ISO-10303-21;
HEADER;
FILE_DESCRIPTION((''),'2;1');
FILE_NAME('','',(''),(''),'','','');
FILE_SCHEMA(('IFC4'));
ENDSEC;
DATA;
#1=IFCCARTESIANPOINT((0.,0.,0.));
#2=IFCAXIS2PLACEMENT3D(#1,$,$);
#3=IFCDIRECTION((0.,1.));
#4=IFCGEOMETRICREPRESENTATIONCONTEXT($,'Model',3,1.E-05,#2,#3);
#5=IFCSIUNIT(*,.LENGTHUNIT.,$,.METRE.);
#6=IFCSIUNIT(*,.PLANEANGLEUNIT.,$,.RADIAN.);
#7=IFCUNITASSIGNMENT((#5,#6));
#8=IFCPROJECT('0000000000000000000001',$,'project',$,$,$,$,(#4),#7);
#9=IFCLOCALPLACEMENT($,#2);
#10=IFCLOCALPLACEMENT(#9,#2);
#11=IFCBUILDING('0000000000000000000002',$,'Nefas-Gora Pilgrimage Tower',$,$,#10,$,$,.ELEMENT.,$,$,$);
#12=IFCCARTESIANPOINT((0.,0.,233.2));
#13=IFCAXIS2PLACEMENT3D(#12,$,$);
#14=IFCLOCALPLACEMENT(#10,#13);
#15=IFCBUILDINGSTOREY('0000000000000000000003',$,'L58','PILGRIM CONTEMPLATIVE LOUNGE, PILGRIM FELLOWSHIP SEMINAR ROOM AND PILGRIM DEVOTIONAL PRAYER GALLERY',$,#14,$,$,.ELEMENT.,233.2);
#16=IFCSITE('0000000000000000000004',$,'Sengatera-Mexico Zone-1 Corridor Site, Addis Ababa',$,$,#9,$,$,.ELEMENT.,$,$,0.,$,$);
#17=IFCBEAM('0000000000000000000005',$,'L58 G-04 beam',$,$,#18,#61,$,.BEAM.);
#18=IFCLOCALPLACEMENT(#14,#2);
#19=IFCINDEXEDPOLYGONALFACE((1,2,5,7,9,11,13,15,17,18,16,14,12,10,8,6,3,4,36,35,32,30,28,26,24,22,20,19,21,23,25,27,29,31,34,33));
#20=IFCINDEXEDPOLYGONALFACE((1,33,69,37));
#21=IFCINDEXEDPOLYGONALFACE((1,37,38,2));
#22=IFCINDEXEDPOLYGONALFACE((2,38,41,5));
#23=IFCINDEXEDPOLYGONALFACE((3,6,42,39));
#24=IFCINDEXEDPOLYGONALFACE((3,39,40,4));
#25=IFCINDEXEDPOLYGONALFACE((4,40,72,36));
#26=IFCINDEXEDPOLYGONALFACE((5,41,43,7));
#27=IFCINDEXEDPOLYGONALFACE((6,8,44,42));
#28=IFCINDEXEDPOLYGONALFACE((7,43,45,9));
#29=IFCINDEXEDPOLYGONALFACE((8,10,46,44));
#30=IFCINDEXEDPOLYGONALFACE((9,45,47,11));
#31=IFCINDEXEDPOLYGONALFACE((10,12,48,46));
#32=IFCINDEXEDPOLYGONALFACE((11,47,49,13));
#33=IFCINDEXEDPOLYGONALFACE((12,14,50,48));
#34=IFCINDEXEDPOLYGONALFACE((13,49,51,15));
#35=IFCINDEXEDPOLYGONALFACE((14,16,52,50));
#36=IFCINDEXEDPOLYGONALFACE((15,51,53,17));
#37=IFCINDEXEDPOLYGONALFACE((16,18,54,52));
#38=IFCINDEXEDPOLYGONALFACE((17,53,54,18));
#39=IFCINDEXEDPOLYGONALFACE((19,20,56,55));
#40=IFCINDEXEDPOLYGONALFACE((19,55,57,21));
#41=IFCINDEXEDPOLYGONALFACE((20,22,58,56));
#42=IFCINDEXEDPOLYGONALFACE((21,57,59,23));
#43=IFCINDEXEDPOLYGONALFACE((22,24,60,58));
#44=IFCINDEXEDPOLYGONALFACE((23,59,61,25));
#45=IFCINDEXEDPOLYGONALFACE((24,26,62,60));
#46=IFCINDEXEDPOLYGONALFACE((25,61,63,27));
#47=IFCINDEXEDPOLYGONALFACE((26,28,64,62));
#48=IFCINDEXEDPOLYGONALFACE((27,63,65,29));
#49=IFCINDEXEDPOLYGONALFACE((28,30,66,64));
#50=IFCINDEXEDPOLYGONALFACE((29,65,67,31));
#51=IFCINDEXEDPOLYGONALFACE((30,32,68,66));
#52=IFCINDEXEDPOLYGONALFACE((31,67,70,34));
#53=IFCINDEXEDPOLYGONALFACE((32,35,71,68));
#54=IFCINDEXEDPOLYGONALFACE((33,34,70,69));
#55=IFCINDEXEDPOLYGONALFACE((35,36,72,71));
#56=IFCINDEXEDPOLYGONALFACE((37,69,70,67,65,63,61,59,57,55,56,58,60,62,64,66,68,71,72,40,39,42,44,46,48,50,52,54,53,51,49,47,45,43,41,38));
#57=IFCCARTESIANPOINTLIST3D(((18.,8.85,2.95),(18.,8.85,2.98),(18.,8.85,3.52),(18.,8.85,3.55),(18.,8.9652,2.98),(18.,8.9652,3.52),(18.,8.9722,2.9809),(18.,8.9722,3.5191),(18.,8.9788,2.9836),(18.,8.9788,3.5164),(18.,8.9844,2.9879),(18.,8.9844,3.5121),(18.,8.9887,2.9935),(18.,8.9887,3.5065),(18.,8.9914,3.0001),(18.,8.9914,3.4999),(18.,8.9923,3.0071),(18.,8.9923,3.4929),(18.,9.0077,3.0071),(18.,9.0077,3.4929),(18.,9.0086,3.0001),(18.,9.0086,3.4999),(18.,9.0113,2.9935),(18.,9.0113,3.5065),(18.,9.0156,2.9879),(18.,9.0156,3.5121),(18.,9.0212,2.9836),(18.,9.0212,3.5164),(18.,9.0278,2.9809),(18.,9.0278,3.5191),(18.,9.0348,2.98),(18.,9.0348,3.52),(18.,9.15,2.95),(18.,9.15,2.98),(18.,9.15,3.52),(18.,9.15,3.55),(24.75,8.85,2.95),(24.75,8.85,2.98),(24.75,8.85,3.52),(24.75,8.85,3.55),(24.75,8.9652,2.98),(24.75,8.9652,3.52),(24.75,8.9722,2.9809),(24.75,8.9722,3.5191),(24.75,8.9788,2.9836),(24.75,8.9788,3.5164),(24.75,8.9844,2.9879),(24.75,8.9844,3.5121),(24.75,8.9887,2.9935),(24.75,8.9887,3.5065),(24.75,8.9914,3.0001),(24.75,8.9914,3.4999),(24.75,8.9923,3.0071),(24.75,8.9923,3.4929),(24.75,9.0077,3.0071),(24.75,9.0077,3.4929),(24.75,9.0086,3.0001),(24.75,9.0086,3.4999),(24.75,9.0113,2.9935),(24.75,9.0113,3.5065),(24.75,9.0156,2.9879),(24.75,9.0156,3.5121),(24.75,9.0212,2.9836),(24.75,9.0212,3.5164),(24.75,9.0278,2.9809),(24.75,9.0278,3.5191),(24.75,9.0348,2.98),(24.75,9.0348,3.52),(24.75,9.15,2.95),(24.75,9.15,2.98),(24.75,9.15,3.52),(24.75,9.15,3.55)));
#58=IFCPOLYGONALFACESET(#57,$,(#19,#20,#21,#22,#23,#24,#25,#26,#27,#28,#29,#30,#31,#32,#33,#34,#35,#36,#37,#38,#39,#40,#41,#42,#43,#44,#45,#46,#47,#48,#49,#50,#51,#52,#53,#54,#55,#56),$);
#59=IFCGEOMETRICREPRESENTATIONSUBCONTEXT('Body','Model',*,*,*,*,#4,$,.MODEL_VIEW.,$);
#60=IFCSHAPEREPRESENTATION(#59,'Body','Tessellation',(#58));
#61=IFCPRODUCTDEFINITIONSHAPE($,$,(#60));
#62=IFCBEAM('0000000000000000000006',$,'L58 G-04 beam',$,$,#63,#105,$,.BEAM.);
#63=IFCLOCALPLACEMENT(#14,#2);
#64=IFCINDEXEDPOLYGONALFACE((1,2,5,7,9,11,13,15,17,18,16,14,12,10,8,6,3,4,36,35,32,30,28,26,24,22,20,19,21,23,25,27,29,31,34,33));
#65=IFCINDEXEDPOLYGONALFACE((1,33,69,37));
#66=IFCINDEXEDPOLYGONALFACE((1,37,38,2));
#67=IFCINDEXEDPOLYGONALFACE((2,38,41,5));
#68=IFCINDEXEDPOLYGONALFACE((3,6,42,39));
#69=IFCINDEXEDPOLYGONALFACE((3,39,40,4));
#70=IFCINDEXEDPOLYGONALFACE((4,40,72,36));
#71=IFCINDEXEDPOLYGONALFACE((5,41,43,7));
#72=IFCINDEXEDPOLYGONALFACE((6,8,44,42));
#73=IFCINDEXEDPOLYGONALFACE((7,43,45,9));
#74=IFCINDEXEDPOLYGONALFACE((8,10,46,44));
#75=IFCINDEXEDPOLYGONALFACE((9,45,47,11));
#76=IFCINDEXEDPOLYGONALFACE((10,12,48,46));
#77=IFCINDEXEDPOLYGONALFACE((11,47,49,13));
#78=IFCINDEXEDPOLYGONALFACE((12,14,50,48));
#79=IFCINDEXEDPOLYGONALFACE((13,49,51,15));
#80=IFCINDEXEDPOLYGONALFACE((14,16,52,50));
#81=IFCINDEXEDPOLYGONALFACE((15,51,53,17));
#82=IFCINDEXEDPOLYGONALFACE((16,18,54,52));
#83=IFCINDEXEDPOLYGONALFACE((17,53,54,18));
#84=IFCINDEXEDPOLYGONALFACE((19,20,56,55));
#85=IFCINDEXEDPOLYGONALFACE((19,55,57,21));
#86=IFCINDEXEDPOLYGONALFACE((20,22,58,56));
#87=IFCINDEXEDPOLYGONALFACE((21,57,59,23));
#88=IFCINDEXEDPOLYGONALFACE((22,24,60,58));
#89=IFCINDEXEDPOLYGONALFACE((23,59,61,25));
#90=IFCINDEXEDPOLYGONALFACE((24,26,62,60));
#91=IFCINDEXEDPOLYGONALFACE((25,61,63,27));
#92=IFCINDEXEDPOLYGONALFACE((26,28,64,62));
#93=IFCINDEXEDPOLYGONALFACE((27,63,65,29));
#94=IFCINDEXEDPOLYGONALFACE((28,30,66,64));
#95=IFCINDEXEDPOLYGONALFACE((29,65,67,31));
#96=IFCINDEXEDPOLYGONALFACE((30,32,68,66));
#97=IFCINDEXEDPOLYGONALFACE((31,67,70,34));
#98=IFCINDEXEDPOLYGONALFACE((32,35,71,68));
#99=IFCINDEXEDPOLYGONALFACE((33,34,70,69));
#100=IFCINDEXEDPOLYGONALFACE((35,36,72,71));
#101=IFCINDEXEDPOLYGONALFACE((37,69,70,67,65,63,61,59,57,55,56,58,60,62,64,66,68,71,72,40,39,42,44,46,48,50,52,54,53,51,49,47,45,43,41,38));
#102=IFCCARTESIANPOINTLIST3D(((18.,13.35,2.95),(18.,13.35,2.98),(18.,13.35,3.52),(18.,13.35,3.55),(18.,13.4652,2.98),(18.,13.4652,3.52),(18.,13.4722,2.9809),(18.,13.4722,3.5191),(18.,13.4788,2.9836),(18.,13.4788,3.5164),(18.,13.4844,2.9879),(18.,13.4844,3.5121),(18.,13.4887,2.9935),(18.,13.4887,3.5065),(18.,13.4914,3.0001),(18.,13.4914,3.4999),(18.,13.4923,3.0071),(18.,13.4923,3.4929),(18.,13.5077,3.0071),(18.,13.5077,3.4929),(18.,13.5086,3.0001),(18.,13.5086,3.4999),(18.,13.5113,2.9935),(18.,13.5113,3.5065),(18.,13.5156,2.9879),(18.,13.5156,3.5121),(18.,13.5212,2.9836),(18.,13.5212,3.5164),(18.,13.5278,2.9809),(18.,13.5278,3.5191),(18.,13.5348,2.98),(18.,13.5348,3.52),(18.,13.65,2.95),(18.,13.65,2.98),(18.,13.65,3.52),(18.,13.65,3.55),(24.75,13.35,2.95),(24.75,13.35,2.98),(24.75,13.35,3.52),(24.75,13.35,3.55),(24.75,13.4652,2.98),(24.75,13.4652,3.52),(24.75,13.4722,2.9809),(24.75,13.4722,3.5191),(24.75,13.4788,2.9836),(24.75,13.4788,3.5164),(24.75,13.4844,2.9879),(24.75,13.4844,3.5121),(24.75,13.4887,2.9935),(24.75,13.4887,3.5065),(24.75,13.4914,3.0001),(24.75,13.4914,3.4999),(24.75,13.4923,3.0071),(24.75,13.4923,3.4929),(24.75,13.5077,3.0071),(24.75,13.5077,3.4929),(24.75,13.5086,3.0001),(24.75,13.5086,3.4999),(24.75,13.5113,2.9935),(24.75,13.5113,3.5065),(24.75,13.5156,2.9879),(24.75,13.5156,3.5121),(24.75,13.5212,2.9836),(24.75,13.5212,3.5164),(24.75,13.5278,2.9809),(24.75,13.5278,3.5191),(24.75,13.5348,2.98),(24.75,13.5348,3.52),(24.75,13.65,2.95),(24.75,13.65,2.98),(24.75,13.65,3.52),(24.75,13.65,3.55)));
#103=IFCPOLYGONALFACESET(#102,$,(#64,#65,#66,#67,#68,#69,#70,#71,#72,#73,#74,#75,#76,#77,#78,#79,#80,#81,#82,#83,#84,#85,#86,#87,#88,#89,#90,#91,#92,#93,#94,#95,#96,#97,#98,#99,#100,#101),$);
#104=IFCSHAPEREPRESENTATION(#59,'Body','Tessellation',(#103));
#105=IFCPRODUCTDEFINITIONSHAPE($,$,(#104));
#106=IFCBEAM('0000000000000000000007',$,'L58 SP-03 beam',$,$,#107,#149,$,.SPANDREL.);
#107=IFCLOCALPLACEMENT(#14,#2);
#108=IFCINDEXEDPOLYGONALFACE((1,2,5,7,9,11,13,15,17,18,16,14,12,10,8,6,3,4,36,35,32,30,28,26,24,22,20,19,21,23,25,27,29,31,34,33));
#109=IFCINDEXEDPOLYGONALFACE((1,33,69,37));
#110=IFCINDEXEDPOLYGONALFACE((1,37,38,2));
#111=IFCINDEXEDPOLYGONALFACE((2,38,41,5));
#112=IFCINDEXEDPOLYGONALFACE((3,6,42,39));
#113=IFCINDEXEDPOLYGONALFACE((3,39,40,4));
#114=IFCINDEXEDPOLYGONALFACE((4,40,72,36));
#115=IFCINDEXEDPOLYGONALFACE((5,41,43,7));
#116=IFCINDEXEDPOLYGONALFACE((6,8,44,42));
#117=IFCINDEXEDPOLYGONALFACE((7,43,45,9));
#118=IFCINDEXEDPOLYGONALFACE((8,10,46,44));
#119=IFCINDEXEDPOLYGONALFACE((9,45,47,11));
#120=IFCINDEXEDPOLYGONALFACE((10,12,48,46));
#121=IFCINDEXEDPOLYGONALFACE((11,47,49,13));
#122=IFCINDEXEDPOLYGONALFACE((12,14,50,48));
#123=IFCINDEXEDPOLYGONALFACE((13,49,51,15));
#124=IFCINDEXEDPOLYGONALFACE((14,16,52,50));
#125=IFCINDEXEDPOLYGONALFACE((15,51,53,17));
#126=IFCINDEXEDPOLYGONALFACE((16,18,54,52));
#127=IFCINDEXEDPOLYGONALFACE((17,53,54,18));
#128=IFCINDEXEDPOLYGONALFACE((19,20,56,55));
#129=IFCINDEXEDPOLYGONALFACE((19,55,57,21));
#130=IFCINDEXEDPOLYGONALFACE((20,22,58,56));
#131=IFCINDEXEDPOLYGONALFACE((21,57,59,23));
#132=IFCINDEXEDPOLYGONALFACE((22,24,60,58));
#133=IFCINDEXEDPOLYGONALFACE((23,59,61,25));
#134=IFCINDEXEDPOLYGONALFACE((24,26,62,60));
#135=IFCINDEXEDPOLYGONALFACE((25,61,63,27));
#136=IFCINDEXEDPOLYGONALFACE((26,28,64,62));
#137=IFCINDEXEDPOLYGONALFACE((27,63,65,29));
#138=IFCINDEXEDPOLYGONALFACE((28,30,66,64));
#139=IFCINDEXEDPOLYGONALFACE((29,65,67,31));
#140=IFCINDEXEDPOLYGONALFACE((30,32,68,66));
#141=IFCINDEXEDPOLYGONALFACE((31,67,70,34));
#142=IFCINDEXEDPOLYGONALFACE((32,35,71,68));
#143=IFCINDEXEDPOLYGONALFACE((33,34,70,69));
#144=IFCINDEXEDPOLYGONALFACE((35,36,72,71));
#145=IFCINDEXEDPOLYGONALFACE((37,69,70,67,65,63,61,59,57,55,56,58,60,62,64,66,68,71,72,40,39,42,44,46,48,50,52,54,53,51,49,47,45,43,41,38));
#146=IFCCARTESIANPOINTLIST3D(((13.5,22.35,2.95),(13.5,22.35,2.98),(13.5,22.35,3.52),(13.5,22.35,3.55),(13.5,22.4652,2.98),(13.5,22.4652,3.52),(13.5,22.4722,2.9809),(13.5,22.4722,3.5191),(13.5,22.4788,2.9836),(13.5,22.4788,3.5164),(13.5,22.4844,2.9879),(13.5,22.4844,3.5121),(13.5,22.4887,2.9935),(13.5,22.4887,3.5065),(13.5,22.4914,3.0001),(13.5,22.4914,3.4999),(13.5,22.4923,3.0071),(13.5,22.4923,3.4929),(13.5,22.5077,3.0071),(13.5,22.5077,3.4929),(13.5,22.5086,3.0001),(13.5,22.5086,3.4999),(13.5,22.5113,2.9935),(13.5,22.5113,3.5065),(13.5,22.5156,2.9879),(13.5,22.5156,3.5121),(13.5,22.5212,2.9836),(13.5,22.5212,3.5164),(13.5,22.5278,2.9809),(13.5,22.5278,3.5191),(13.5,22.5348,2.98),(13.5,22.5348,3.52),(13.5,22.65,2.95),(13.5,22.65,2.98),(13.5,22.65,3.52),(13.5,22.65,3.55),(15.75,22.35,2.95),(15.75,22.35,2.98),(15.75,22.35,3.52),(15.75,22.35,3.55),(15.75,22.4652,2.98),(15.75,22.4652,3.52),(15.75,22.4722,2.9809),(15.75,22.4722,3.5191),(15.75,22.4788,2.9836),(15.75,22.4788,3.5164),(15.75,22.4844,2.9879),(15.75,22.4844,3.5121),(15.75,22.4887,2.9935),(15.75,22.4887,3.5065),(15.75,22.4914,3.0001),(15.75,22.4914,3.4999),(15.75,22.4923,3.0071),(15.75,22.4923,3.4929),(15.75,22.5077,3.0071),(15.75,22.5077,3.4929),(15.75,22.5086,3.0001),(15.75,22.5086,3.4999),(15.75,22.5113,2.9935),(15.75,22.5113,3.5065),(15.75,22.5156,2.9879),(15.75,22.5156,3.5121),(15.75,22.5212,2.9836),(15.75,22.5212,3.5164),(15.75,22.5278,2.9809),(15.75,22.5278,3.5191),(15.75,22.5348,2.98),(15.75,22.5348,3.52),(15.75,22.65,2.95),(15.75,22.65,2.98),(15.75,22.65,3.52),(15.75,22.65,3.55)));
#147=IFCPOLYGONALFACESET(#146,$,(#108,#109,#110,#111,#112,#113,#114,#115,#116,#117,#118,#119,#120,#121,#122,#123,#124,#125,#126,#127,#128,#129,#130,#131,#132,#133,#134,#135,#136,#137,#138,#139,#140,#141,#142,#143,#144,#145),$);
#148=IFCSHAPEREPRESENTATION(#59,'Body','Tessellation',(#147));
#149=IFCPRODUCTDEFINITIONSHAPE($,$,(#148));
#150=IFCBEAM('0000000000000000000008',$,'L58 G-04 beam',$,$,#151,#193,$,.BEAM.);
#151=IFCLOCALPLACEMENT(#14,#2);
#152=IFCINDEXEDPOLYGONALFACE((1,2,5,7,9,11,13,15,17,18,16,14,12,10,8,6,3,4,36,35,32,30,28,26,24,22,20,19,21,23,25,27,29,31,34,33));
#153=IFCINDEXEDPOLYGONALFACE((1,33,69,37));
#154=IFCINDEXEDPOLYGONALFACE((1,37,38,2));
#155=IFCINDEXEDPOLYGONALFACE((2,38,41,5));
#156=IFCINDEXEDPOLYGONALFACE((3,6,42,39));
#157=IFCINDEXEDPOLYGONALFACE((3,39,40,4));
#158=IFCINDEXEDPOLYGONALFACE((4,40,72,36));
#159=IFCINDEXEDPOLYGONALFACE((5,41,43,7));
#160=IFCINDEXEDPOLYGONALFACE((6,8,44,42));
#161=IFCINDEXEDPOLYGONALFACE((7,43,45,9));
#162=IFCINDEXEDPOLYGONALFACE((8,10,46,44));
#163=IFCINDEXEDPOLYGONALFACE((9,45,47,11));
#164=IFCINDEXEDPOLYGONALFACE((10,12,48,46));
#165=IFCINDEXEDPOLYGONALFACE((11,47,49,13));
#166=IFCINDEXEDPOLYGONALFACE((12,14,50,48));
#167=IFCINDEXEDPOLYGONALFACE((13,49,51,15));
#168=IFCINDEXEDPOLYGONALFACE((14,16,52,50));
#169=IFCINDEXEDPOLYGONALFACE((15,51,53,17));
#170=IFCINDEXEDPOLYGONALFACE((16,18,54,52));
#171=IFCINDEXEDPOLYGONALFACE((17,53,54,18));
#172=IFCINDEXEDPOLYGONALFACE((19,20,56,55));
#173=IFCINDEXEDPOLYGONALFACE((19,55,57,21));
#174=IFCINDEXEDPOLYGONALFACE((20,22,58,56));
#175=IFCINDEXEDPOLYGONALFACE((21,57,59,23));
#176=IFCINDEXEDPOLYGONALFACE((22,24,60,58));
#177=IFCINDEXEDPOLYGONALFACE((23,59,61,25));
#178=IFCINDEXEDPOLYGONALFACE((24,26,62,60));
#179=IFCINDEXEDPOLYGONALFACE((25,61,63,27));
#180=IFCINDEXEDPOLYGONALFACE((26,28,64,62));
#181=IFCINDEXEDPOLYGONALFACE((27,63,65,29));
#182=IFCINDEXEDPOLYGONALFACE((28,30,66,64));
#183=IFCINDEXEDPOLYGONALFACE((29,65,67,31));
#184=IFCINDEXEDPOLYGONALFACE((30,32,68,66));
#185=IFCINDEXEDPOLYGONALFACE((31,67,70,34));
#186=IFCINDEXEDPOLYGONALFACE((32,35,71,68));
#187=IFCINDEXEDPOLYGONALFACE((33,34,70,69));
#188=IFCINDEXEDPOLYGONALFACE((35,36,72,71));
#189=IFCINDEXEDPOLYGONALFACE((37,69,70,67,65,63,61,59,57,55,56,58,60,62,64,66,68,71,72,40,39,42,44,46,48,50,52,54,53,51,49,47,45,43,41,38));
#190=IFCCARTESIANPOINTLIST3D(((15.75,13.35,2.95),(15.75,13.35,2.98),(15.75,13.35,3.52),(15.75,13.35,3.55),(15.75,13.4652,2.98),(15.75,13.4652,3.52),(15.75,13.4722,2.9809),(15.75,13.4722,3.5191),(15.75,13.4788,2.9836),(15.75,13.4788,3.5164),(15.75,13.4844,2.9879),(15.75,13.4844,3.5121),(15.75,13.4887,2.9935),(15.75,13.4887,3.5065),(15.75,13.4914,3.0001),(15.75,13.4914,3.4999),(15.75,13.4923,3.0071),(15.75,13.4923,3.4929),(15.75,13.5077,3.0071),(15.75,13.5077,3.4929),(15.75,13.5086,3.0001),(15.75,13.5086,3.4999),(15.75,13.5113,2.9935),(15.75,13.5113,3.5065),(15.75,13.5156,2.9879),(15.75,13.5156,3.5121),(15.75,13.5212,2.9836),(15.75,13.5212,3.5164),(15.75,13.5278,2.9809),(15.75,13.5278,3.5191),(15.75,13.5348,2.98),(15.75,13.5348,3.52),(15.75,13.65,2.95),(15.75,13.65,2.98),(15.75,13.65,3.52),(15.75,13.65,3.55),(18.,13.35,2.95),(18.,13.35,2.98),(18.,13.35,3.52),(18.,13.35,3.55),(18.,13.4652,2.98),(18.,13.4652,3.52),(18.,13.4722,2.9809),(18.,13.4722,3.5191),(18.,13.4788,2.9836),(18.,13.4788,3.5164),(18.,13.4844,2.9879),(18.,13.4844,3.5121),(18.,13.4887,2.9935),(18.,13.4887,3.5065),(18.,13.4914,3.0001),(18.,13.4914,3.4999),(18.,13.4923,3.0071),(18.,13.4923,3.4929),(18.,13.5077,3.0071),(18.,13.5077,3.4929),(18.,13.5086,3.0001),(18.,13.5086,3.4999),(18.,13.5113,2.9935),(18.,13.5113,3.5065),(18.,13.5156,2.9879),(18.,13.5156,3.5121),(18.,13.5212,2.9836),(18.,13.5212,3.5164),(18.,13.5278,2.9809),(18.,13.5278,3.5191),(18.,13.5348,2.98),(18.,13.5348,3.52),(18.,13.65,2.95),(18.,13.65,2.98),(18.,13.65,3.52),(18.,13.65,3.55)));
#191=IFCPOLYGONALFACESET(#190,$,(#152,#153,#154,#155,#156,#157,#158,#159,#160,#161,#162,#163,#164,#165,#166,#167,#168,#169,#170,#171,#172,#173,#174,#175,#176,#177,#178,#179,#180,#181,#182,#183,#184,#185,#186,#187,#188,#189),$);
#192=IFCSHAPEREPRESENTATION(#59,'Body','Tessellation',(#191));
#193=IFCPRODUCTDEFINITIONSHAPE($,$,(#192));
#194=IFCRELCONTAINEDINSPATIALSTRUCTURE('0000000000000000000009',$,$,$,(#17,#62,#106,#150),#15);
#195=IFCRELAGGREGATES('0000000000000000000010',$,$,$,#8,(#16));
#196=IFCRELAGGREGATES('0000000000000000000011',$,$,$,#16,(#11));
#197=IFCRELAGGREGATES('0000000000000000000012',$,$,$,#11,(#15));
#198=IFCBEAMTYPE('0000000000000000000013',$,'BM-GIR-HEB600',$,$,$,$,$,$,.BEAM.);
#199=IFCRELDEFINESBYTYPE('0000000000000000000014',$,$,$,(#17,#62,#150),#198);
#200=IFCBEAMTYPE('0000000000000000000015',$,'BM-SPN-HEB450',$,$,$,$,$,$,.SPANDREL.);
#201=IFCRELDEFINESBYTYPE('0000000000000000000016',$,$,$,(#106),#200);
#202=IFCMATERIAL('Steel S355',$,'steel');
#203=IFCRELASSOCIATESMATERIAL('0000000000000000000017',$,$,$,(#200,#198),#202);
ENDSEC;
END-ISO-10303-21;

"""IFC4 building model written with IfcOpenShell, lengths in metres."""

from ifc_helpers import new_model, si_unit, direction, frame, origin, origin_2d, place, context, subcontext, project, spatial, i_section, extrude, source, transform, mapped, material, material_profile, profile_set, type_object, element, save


model = new_model("IFC4")

# Units and contexts
model_context = context("Model", 3, precision=1e-05, world=origin(), true_north=direction((0.0, 1.0)))
body_context = subcontext(model_context, "Body", "Model", "MODEL_VIEW")
ifc_project = project(units=[si_unit("LENGTHUNIT", "METRE"), si_unit("PLANEANGLEUNIT", "RADIAN")], contexts=[model_context])

# Site, building, storey
site_placement = place(None, origin())
site = spatial("IfcSite", under=ifc_project, at=site_placement, Name="Sengatera-Mexico Zone-1 Corridor Site, Addis Ababa", CompositionType="ELEMENT", RefElevation=0.0)
building_placement = place(site_placement, origin())
building = spatial("IfcBuilding", under=site, at=building_placement, Name="Nefas-Gora Pilgrimage Tower", CompositionType="ELEMENT")
storey_placement = place(building_placement, frame((0.0, 0.0, 233.2)))
storey = spatial("IfcBuildingStorey", under=building, at=storey_placement, Name="L58", Description="PILGRIM CONTEMPLATIVE LOUNGE, PILGRIM FELLOWSHIP SEMINAR ROOM AND PILGRIM DEVOTIONAL PRAYER GALLERY", CompositionType="ELEMENT", Elevation=233.2)

# Beams
ifc_material_1 = material(Name="Steel S355", Category="steel")
ifc_material_profile_1 = material_profile(ifc_material_1, i_section(OverallWidth=0.3, OverallDepth=0.6001, WebThickness=0.0154, FlangeThickness=0.03, FilletRadius=0.0271, at=origin_2d()), Name="HEB 600")
ifc_profile_set_1 = profile_set([ifc_material_profile_1], Name="Steel S355")
beam_type_1 = type_object("IfcBeamType", Name="BM-SPN-HEB450", PredefinedType="SPANDREL", material=ifc_profile_set_1)
ifc_material_profile_2 = material_profile(ifc_material_1, i_section(OverallWidth=0.3, OverallDepth=0.6001, WebThickness=0.0154, FlangeThickness=0.03, FilletRadius=0.0271, at=origin_2d()), Name="HEB 600")
ifc_profile_set_2 = profile_set([ifc_material_profile_2], Name="Steel S355")
beam_type_2 = type_object("IfcBeamType", Name="BM-GIR-HEB600", PredefinedType="BEAM", material=ifc_profile_set_2)
shared_shape_1 = source(origin(), body_context, "Body", "SweptSolid", [
    extrude(i_section(OverallWidth=0.3, OverallDepth=0.6001, WebThickness=0.0154, FlangeThickness=0.03, FilletRadius=0.0271, at=origin_2d()), origin(), (0.0, 0.0, 1.0), 6.75),
])
for number, where, z_axis, x_axis, name in (
    (1, (18.0, 9.0, 3.25), (1.0, 0.0, 0.0), (0.0, 1.0, 0.0), "L58 G-04 beam"),
    (2, (18.0, 13.5, 3.25), (1.0, 0.0, 0.0), (0.0, 1.0, 0.0), "L58 G-04 beam"),
):
    element("IfcBeam", number, at=place(storey_placement, frame(where, z_axis=z_axis, x_axis=x_axis)), inside=storey, type_object=beam_type_2, Name=name, PredefinedType="BEAM", context=body_context, shape_type="MappedRepresentation", body=[
        mapped(shared_shape_1, transform((0.0, 0.0, 0.0), x_axis=(1.0, 0.0, 0.0), y_axis=(0.0, 1.0, 0.0), z_axis=(0.0, 0.0, 1.0), scale=1.0)),
    ])
shared_shape_2 = source(origin(), body_context, "Body", "SweptSolid", [
    extrude(i_section(OverallWidth=0.3, OverallDepth=0.6001, WebThickness=0.0154, FlangeThickness=0.03, FilletRadius=0.0271, at=origin_2d()), origin(), (0.0, 0.0, 1.0), 2.25),
])
beam_1_placement = place(storey_placement, frame((13.5, 22.5, 3.25), z_axis=(1.0, 0.0, 0.0), x_axis=(0.0, 1.0, 0.0)))
element("IfcBeam", 3, at=beam_1_placement, inside=storey, type_object=beam_type_1, Name="L58 SP-03 beam", PredefinedType="SPANDREL", context=body_context, shape_type="MappedRepresentation", body=[
    mapped(shared_shape_2, transform((0.0, 0.0, 0.0), x_axis=(1.0, 0.0, 0.0), y_axis=(0.0, 1.0, 0.0), z_axis=(0.0, 0.0, 1.0), scale=1.0)),
])
shared_shape_3 = source(origin(), body_context, "Body", "SweptSolid", [
    extrude(i_section(OverallWidth=0.3, OverallDepth=0.6001, WebThickness=0.0154, FlangeThickness=0.03, FilletRadius=0.0271, at=origin_2d()), origin(), (0.0, 0.0, 1.0), 2.25),
])
beam_2_placement = place(storey_placement, frame((15.75, 13.5, 3.25), z_axis=(1.0, 0.0, 0.0), x_axis=(0.0, 1.0, 0.0)))
element("IfcBeam", 4, at=beam_2_placement, inside=storey, type_object=beam_type_2, Name="L58 G-04 beam", PredefinedType="BEAM", context=body_context, shape_type="MappedRepresentation", body=[
    mapped(shared_shape_3, transform((0.0, 0.0, 0.0), x_axis=(1.0, 0.0, 0.0), y_axis=(0.0, 1.0, 0.0), z_axis=(0.0, 0.0, 1.0), scale=1.0)),
])

save(model, "model.ifc")
